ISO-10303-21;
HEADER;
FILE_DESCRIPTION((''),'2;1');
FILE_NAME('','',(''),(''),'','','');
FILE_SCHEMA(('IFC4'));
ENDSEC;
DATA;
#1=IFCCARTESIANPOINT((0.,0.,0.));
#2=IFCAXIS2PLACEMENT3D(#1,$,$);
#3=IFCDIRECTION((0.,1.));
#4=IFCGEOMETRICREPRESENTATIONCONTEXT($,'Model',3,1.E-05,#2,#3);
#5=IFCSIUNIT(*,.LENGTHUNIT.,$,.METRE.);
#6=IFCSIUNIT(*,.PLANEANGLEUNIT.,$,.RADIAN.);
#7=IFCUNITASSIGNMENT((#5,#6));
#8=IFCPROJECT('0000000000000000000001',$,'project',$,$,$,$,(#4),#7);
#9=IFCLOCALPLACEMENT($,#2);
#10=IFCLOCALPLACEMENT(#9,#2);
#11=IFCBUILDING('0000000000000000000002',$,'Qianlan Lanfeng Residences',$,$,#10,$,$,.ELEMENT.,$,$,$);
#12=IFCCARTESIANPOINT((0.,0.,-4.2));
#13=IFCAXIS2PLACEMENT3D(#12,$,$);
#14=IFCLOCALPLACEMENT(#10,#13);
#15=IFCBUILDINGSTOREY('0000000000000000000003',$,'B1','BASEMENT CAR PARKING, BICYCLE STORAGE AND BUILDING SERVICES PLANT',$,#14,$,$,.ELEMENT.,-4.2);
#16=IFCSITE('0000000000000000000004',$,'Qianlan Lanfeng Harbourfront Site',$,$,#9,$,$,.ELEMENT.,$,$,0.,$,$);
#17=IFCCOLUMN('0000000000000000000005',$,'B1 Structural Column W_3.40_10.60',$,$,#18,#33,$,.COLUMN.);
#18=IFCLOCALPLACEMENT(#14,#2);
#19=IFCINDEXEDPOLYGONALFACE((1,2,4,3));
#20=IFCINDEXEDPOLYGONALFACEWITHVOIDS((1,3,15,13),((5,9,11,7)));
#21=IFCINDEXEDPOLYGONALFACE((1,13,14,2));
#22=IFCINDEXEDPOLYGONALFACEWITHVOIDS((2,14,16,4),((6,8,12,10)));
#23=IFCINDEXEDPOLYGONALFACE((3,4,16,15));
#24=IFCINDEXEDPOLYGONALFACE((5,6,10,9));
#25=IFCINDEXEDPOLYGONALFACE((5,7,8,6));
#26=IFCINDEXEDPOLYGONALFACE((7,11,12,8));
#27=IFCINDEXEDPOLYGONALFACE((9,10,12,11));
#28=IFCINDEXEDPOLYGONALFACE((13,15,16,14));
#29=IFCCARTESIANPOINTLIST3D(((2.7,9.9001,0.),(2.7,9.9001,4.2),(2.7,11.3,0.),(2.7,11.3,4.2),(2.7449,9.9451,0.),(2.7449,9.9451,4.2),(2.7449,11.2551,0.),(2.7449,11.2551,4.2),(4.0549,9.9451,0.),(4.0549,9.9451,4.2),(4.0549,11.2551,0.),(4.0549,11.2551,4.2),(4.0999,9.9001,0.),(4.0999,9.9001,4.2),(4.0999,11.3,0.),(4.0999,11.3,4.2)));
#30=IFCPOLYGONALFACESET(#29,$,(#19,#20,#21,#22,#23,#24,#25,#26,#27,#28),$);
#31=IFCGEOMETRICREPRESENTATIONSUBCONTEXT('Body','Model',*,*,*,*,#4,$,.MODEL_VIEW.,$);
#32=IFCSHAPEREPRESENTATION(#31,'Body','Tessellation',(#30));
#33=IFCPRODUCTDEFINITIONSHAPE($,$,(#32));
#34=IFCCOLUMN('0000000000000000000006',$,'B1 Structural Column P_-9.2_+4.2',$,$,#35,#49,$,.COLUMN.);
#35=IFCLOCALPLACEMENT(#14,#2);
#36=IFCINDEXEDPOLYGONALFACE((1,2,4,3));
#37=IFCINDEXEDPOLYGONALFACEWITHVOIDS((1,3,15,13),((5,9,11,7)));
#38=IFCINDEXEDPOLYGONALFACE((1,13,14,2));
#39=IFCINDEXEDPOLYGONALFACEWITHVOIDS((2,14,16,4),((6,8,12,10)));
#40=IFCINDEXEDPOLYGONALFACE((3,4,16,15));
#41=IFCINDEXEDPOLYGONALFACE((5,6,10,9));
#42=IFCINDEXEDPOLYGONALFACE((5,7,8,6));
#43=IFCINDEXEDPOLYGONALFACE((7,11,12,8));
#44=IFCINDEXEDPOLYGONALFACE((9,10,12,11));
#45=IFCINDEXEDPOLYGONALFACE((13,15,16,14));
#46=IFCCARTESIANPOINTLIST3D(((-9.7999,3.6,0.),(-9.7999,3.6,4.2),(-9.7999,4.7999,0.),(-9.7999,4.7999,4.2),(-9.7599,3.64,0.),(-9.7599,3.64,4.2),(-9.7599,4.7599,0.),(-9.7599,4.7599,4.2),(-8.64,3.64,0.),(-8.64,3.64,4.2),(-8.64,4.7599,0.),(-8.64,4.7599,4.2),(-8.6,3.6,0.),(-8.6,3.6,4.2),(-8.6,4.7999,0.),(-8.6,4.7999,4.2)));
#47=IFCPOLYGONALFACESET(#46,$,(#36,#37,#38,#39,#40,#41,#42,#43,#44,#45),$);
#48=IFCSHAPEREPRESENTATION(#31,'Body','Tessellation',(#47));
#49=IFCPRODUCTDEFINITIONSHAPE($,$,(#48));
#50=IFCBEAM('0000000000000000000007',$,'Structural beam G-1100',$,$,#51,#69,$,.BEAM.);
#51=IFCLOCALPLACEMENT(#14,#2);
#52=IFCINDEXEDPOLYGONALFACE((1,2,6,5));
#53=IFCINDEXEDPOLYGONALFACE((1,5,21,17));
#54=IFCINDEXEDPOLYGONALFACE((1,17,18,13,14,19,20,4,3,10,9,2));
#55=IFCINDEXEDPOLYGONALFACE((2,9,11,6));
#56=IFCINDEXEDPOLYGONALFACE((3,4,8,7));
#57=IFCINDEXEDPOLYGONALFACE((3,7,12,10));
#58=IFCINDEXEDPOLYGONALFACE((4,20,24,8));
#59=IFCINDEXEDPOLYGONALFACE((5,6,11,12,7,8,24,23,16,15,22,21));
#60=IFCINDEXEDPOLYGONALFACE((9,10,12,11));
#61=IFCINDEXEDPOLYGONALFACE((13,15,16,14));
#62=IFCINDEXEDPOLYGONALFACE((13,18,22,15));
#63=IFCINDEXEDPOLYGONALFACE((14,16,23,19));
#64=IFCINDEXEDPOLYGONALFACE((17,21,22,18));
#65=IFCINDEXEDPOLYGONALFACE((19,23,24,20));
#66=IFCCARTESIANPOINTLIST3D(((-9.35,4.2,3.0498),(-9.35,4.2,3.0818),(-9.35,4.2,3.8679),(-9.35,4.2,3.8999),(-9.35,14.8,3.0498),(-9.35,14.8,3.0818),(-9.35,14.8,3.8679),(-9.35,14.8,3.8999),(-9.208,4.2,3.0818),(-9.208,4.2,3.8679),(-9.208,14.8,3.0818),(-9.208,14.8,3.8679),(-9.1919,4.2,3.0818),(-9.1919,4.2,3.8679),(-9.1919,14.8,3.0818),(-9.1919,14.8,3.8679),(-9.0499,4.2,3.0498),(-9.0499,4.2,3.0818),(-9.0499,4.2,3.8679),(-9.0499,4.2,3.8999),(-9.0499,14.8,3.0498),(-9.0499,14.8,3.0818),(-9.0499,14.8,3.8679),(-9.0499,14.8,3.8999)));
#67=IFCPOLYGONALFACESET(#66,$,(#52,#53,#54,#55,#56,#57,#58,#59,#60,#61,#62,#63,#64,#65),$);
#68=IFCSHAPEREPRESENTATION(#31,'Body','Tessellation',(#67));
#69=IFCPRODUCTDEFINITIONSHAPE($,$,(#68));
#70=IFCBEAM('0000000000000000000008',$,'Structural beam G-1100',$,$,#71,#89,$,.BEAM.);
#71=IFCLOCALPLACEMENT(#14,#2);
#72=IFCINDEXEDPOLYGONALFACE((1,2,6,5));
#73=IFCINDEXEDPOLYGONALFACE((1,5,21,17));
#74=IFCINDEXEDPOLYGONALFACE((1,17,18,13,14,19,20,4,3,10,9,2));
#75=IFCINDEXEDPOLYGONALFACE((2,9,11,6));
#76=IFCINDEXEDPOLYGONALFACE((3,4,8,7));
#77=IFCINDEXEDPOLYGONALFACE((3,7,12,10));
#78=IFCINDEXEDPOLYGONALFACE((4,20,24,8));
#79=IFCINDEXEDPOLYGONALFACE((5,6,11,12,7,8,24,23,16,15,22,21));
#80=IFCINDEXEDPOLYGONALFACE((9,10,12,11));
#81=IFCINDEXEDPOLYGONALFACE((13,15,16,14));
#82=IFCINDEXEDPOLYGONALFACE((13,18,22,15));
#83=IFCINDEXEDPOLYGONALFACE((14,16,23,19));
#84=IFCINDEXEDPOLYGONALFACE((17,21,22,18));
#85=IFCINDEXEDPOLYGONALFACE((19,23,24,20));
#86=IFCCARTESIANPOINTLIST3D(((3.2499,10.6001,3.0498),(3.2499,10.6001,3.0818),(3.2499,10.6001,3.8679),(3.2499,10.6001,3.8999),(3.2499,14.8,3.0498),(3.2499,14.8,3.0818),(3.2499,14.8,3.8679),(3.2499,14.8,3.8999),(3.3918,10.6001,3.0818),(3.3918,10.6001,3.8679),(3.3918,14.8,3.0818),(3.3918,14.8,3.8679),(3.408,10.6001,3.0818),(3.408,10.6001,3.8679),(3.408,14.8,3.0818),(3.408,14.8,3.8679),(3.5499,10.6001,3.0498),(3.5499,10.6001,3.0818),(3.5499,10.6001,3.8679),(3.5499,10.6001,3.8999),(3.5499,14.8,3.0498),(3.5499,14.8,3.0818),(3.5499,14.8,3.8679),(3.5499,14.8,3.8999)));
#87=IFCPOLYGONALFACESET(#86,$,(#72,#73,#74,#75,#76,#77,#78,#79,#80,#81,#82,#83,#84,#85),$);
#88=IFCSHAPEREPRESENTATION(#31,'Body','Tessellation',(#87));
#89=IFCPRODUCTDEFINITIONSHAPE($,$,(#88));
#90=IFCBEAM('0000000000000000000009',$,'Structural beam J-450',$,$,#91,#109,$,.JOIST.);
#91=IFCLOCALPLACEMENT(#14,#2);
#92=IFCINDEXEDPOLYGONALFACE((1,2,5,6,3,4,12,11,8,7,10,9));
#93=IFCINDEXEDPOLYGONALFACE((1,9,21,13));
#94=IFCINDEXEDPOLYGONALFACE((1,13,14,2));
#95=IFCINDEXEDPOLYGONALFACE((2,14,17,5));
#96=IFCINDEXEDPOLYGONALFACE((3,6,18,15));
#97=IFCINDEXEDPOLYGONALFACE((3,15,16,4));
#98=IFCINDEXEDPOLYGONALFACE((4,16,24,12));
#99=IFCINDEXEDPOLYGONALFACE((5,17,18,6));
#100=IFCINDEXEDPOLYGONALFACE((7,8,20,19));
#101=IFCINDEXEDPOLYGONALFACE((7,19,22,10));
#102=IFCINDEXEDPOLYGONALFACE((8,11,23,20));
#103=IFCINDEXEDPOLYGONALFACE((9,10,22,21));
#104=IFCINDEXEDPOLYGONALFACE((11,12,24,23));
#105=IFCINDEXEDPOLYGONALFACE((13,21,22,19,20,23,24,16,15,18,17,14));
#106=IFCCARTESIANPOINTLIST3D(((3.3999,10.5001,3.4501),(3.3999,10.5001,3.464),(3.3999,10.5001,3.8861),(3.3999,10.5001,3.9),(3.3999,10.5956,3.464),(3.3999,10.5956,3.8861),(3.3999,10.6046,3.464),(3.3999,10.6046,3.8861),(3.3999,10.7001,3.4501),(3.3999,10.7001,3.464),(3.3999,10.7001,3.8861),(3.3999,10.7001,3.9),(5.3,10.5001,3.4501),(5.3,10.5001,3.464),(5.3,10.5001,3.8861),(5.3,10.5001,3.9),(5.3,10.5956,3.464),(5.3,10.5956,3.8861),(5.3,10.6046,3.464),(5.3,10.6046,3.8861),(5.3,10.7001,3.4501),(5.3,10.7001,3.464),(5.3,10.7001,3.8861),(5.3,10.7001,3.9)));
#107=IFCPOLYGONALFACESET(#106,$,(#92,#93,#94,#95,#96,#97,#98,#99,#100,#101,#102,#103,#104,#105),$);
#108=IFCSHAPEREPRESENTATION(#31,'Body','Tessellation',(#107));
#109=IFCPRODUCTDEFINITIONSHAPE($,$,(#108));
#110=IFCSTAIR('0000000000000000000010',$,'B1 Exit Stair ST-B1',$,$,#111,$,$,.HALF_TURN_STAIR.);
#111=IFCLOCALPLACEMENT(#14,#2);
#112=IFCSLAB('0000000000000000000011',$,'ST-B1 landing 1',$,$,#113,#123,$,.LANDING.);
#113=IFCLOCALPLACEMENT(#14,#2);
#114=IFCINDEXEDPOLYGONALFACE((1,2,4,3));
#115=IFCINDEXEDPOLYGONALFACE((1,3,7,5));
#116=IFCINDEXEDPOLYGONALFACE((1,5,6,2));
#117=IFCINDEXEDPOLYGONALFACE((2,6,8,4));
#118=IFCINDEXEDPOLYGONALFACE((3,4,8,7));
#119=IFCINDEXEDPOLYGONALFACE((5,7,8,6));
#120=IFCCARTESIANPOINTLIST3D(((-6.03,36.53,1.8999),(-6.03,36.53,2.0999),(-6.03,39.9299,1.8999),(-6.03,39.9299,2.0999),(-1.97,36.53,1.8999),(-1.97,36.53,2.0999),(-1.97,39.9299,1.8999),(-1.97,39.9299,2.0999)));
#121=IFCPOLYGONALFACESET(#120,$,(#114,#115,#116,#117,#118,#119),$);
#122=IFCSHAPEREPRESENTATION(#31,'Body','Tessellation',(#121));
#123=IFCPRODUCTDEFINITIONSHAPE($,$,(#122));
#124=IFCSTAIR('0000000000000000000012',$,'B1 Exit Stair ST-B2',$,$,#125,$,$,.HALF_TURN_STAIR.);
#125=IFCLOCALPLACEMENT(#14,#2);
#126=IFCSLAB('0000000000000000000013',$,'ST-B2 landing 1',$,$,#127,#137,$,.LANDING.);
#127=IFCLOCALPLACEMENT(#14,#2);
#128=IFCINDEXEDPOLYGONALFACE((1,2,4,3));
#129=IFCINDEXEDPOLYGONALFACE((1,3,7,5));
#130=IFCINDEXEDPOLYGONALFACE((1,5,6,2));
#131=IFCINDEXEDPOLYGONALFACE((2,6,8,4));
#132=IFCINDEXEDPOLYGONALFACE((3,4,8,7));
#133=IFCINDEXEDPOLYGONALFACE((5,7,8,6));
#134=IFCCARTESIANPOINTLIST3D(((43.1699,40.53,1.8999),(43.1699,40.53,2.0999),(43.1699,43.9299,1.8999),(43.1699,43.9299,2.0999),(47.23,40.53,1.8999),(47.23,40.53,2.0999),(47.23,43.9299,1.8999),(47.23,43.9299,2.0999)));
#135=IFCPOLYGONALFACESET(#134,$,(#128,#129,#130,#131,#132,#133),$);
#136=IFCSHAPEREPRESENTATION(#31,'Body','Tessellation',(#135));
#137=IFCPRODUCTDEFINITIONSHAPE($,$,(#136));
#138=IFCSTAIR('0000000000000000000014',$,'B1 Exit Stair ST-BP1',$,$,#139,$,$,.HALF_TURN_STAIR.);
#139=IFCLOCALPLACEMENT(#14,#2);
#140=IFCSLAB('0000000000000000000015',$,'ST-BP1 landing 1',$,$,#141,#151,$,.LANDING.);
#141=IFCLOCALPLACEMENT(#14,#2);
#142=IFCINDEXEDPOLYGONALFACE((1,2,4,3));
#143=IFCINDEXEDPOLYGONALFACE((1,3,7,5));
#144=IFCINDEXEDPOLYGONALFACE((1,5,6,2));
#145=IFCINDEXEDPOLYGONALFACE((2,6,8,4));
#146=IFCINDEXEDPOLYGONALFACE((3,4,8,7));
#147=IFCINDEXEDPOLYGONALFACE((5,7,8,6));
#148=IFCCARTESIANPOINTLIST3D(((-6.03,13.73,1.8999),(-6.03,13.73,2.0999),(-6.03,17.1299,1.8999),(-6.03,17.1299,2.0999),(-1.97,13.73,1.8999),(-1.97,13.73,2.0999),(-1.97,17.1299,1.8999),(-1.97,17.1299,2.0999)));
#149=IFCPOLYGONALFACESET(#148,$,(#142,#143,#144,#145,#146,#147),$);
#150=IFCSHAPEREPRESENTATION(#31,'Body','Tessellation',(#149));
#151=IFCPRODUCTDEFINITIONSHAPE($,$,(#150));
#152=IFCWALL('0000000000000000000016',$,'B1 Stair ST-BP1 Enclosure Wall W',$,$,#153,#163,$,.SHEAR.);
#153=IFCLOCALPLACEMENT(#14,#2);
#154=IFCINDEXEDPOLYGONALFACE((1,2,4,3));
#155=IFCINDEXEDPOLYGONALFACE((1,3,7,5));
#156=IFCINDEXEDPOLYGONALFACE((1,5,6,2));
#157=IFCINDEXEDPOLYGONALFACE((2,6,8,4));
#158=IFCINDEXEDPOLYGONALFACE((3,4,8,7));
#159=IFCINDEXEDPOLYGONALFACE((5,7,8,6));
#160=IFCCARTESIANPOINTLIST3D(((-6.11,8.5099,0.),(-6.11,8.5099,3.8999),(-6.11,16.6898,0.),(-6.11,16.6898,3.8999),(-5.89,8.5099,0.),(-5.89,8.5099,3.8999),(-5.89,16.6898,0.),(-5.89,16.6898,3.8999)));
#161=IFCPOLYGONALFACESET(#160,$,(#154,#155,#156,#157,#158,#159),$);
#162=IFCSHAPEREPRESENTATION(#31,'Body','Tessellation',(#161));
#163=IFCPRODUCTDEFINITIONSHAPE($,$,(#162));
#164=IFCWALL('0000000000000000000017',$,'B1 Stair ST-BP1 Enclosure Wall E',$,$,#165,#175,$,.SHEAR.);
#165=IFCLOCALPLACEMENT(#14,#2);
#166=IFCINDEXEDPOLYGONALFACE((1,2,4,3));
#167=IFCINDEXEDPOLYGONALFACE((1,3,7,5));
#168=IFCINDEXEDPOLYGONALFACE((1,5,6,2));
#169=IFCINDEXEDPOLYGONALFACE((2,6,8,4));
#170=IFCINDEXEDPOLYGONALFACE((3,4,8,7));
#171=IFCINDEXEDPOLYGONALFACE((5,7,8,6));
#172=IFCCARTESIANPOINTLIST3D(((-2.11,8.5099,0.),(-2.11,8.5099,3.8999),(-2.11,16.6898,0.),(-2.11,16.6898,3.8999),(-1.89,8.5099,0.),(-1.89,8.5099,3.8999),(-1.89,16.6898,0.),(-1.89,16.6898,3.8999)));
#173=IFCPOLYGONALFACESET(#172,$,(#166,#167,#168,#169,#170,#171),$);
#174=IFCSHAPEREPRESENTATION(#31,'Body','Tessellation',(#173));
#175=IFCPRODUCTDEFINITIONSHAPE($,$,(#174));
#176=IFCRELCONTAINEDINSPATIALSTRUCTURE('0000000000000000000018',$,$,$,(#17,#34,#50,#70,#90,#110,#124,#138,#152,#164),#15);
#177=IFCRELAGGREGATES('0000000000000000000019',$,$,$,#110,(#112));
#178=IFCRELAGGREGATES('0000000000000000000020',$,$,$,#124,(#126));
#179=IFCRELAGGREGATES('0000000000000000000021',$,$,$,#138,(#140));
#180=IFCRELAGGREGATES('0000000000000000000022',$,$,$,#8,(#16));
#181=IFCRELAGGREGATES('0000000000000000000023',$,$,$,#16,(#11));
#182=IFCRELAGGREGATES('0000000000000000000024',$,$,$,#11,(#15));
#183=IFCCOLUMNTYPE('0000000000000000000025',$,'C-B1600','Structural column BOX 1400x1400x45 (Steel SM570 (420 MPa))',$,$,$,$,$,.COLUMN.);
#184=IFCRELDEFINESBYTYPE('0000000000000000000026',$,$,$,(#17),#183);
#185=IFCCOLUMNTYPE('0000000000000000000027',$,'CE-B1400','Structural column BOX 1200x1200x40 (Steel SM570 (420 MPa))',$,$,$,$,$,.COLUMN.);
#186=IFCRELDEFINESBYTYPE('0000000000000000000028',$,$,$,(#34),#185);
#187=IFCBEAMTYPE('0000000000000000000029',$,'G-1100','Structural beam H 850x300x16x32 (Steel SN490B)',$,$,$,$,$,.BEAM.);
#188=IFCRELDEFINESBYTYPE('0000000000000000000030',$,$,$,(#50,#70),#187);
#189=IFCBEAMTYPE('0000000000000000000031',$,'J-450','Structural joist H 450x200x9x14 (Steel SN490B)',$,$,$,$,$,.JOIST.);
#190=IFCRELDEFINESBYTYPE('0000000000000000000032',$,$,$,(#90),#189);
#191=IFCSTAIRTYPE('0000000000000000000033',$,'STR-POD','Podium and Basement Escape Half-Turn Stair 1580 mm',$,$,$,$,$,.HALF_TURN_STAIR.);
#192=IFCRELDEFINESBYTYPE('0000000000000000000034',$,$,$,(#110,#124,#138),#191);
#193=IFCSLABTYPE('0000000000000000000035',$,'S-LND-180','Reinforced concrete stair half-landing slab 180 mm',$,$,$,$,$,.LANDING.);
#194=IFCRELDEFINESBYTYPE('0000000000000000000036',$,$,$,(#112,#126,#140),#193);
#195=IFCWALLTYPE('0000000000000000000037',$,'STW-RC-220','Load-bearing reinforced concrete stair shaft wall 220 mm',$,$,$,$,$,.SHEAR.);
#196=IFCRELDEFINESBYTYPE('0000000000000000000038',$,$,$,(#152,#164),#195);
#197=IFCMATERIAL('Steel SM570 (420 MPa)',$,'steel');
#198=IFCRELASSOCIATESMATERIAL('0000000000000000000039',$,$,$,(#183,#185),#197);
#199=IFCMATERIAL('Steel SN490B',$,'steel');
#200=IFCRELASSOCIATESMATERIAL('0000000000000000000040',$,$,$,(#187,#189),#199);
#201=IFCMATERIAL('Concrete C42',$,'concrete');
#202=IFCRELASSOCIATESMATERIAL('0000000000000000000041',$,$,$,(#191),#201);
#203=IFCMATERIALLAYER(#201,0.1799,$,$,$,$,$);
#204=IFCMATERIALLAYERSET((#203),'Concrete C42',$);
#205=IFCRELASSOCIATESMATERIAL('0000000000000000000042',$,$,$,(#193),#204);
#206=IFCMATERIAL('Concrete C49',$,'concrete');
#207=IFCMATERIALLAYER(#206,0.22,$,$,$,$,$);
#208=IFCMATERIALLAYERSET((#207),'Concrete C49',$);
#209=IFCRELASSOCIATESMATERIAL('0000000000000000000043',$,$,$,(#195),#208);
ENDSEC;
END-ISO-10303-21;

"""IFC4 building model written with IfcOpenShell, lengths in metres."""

from ifc_helpers import new_model, si_unit, direction, frame, frame_2d, origin, origin_2d, place, context, subcontext, project, spatial, polyline, rectangle, hollow_rectangle, i_section, outline, extrude, material, layer, layer_set, material_profile, profile_set, type_object, element, aggregate, save


model = new_model("IFC4")

# Units and contexts
model_context = context("Model", 3, precision=1e-05, world=origin(), true_north=direction((0.0, 1.0)))
body_context = subcontext(model_context, "Body", "Model", "MODEL_VIEW")
ifc_project = project(units=[si_unit("LENGTHUNIT", "METRE"), si_unit("PLANEANGLEUNIT", "RADIAN")], contexts=[model_context])

# Site, building, storey
site_placement = place(None, origin())
site = spatial("IfcSite", under=ifc_project, at=site_placement, Name="Qianlan Lanfeng Harbourfront Site", CompositionType="ELEMENT", RefElevation=0.0)
building_placement = place(site_placement, origin())
building = spatial("IfcBuilding", under=site, at=building_placement, Name="Qianlan Lanfeng Residences", CompositionType="ELEMENT")
storey_placement = place(building_placement, frame((0.0, 0.0, -4.2)))
storey = spatial("IfcBuildingStorey", under=building, at=storey_placement, Name="B1", Description="BASEMENT CAR PARKING, BICYCLE STORAGE AND BUILDING SERVICES PLANT", CompositionType="ELEMENT", Elevation=-4.2)

# Columns
ifc_material_1 = material(Name="Steel SM570 (420 MPa)", Category="steel")
ifc_material_profile_1 = material_profile(ifc_material_1, hollow_rectangle(XDim=1.3999, YDim=1.3999, WallThickness=0.0449, at=origin_2d()), Name="BOX 1400x1400x45")
ifc_profile_set_1 = profile_set([ifc_material_profile_1], Name="Steel SM570 (420 MPa)")
column_type_1 = type_object("IfcColumnType", Name="C-B1600", Description="Structural column BOX 1400x1400x45 (Steel SM570 (420 MPa))", PredefinedType="COLUMN", material=ifc_profile_set_1)
column_1_placement = place(storey_placement, frame((3.3999, 10.6001, 0.0), z_axis=(0.0, 0.0, 1.0), x_axis=(1.0, 0.0, 0.0)))
element("IfcColumn", 1, at=column_1_placement, inside=storey, type_object=column_type_1, Name="B1 Structural Column W_3.40_10.60", PredefinedType="COLUMN", context=body_context, shape_type="SweptSolid", body=[
    extrude(hollow_rectangle(XDim=1.3999, YDim=1.3999, WallThickness=0.0449, at=origin_2d()), origin(), (0.0, 0.0, 1.0), 4.2),
])
ifc_material_profile_2 = material_profile(ifc_material_1, hollow_rectangle(XDim=1.2, YDim=1.2, WallThickness=0.04, at=origin_2d()), Name="BOX 1200x1200x40")
ifc_profile_set_2 = profile_set([ifc_material_profile_2], Name="Steel SM570 (420 MPa)")
column_type_2 = type_object("IfcColumnType", Name="CE-B1400", Description="Structural column BOX 1200x1200x40 (Steel SM570 (420 MPa))", PredefinedType="COLUMN", material=ifc_profile_set_2)
column_2_placement = place(storey_placement, frame((-9.2, 4.2, 0.0), z_axis=(0.0, 0.0, 1.0), x_axis=(1.0, 0.0, 0.0)))
element("IfcColumn", 2, at=column_2_placement, inside=storey, type_object=column_type_2, Name="B1 Structural Column P_-9.2_+4.2", PredefinedType="COLUMN", context=body_context, shape_type="SweptSolid", body=[
    extrude(hollow_rectangle(XDim=1.2, YDim=1.2, WallThickness=0.04, at=origin_2d()), origin(), (0.0, 0.0, 1.0), 4.2),
])

# Beams
ifc_material_2 = material(Name="Steel SN490B", Category="steel")
ifc_material_profile_3 = material_profile(ifc_material_2, i_section(OverallWidth=0.3, OverallDepth=0.8501, WebThickness=0.0161, FlangeThickness=0.032, at=origin_2d()), Name="H 850x300x16x32")
ifc_profile_set_3 = profile_set([ifc_material_profile_3], Name="Steel SN490B")
beam_type_1 = type_object("IfcBeamType", Name="G-1100", Description="Structural beam H 850x300x16x32 (Steel SN490B)", PredefinedType="BEAM", material=ifc_profile_set_3)
beam_1_placement = place(storey_placement, frame((-9.2, 4.2, 3.4749), z_axis=(0.0, 1.0, 0.0), x_axis=(-1.0, 0.0, 0.0)))
element("IfcBeam", 3, at=beam_1_placement, inside=storey, type_object=beam_type_1, Name="Structural beam G-1100", PredefinedType="BEAM", context=body_context, shape_type="SweptSolid", body=[
    extrude(i_section(OverallWidth=0.3, OverallDepth=0.8501, WebThickness=0.0161, FlangeThickness=0.032, at=origin_2d()), origin(), (0.0, 0.0, 1.0), 10.6001),
])
beam_2_placement = place(storey_placement, frame((3.3999, 10.6001, 3.4749), z_axis=(0.0, 1.0, 0.0), x_axis=(-1.0, 0.0, 0.0)))
element("IfcBeam", 4, at=beam_2_placement, inside=storey, type_object=beam_type_1, Name="Structural beam G-1100", PredefinedType="BEAM", context=body_context, shape_type="SweptSolid", body=[
    extrude(i_section(OverallWidth=0.3, OverallDepth=0.8501, WebThickness=0.0161, FlangeThickness=0.032, at=origin_2d()), origin(), (0.0, 0.0, 1.0), 4.2),
])
ifc_material_profile_4 = material_profile(ifc_material_2, i_section(OverallWidth=0.2, OverallDepth=0.45, WebThickness=0.009, FlangeThickness=0.0139, at=origin_2d()), Name="H 450x200x9x14")
ifc_profile_set_4 = profile_set([ifc_material_profile_4], Name="Steel SN490B")
beam_type_2 = type_object("IfcBeamType", Name="J-450", Description="Structural joist H 450x200x9x14 (Steel SN490B)", PredefinedType="JOIST", material=ifc_profile_set_4)
beam_3_placement = place(storey_placement, frame((3.3999, 10.6001, 3.675), z_axis=(1.0, 0.0, 0.0), x_axis=(0.0, 1.0, 0.0)))
element("IfcBeam", 5, at=beam_3_placement, inside=storey, type_object=beam_type_2, Name="Structural beam J-450", PredefinedType="JOIST", context=body_context, shape_type="SweptSolid", body=[
    extrude(i_section(OverallWidth=0.2, OverallDepth=0.45, WebThickness=0.009, FlangeThickness=0.0139, at=origin_2d()), origin(), (0.0, 0.0, 1.0), 1.9001),
])

# Stairs, slabs
ifc_material_3 = material(Name="Concrete C42", Category="concrete")
stair_type = type_object("IfcStairType", Name="STR-POD", Description="Podium and Basement Escape Half-Turn Stair 1580 mm", PredefinedType="HALF_TURN_STAIR", material=ifc_material_3)
stair_1_placement = place(storey_placement, origin())
stair_1 = element("IfcStair", 6, at=stair_1_placement, inside=storey, type_object=stair_type, Name="B1 Exit Stair ST-B1", PredefinedType="HALF_TURN_STAIR")
ifc_layer_1 = layer(ifc_material_3, 0.1799)
ifc_layer_set_1 = layer_set([ifc_layer_1], Name="Concrete C42")
slab_type = type_object("IfcSlabType", Name="S-LND-180", Description="Reinforced concrete stair half-landing slab 180 mm", PredefinedType="LANDING", material=ifc_layer_set_1)
slab_1_placement = place(storey_placement, frame((0.0, 0.0, 1.8999)))
slab_1 = element("IfcSlab", 7, at=slab_1_placement, type_object=slab_type, Name="ST-B1 landing 1", PredefinedType="LANDING", context=body_context, shape_type="SweptSolid", body=[
    extrude(outline(polyline([(-6.03, 36.53), (-1.97, 36.53), (-1.97, 39.9299), (-6.03, 39.9299), (-6.03, 36.53)])), origin(), (0.0, 0.0, 1.0), 0.2),
])
aggregate(stair_1, [slab_1])
stair_2_placement = place(storey_placement, origin())
stair_2 = element("IfcStair", 8, at=stair_2_placement, inside=storey, type_object=stair_type, Name="B1 Exit Stair ST-B2", PredefinedType="HALF_TURN_STAIR")
slab_2_placement = place(storey_placement, frame((0.0, 0.0, 1.8999)))
slab_2 = element("IfcSlab", 9, at=slab_2_placement, type_object=slab_type, Name="ST-B2 landing 1", PredefinedType="LANDING", context=body_context, shape_type="SweptSolid", body=[
    extrude(outline(polyline([(43.1699, 40.53), (47.23, 40.53), (47.23, 43.9299), (43.1699, 43.9299), (43.1699, 40.53)])), origin(), (0.0, 0.0, 1.0), 0.2),
])
aggregate(stair_2, [slab_2])
stair_3_placement = place(storey_placement, origin())
stair_3 = element("IfcStair", 10, at=stair_3_placement, inside=storey, type_object=stair_type, Name="B1 Exit Stair ST-BP1", PredefinedType="HALF_TURN_STAIR")
slab_3_placement = place(storey_placement, frame((0.0, 0.0, 1.8999)))
slab_3 = element("IfcSlab", 11, at=slab_3_placement, type_object=slab_type, Name="ST-BP1 landing 1", PredefinedType="LANDING", context=body_context, shape_type="SweptSolid", body=[
    extrude(outline(polyline([(-6.03, 13.73), (-1.97, 13.73), (-1.97, 17.1299), (-6.03, 17.1299), (-6.03, 13.73)])), origin(), (0.0, 0.0, 1.0), 0.2),
])

# Walls
ifc_material_4 = material(Name="Concrete C49", Category="concrete")
ifc_layer_2 = layer(ifc_material_4, 0.22)
ifc_layer_set_2 = layer_set([ifc_layer_2], Name="Concrete C49")
wall_type = type_object("IfcWallType", Name="STW-RC-220", Description="Load-bearing reinforced concrete stair shaft wall 220 mm", PredefinedType="SHEAR", material=ifc_layer_set_2)
for number, where, z_axis, x_axis, name in (
    (12, (-6.0, 8.51, 0.0), (0.0, 0.0, 1.0), (0.0, 1.0, 0.0), "B1 Stair ST-BP1 Enclosure Wall W"),
    (13, (-2.0, 8.51, 0.0), (0.0, 0.0, 1.0), (0.0, 1.0, 0.0), "B1 Stair ST-BP1 Enclosure Wall E"),
):
    element("IfcWall", number, at=place(storey_placement, frame(where, z_axis=z_axis, x_axis=x_axis)), inside=storey, type_object=wall_type, Name=name, PredefinedType="SHEAR", context=body_context, shape_type="SweptSolid", body=[
        extrude(rectangle(XDim=8.1799, YDim=0.22, at=frame_2d((4.0898, 0.0))), origin(), (0.0, 0.0, 1.0), 3.8999),
    ])

aggregate(stair_3, [slab_3])

save(model, "model.ifc")
